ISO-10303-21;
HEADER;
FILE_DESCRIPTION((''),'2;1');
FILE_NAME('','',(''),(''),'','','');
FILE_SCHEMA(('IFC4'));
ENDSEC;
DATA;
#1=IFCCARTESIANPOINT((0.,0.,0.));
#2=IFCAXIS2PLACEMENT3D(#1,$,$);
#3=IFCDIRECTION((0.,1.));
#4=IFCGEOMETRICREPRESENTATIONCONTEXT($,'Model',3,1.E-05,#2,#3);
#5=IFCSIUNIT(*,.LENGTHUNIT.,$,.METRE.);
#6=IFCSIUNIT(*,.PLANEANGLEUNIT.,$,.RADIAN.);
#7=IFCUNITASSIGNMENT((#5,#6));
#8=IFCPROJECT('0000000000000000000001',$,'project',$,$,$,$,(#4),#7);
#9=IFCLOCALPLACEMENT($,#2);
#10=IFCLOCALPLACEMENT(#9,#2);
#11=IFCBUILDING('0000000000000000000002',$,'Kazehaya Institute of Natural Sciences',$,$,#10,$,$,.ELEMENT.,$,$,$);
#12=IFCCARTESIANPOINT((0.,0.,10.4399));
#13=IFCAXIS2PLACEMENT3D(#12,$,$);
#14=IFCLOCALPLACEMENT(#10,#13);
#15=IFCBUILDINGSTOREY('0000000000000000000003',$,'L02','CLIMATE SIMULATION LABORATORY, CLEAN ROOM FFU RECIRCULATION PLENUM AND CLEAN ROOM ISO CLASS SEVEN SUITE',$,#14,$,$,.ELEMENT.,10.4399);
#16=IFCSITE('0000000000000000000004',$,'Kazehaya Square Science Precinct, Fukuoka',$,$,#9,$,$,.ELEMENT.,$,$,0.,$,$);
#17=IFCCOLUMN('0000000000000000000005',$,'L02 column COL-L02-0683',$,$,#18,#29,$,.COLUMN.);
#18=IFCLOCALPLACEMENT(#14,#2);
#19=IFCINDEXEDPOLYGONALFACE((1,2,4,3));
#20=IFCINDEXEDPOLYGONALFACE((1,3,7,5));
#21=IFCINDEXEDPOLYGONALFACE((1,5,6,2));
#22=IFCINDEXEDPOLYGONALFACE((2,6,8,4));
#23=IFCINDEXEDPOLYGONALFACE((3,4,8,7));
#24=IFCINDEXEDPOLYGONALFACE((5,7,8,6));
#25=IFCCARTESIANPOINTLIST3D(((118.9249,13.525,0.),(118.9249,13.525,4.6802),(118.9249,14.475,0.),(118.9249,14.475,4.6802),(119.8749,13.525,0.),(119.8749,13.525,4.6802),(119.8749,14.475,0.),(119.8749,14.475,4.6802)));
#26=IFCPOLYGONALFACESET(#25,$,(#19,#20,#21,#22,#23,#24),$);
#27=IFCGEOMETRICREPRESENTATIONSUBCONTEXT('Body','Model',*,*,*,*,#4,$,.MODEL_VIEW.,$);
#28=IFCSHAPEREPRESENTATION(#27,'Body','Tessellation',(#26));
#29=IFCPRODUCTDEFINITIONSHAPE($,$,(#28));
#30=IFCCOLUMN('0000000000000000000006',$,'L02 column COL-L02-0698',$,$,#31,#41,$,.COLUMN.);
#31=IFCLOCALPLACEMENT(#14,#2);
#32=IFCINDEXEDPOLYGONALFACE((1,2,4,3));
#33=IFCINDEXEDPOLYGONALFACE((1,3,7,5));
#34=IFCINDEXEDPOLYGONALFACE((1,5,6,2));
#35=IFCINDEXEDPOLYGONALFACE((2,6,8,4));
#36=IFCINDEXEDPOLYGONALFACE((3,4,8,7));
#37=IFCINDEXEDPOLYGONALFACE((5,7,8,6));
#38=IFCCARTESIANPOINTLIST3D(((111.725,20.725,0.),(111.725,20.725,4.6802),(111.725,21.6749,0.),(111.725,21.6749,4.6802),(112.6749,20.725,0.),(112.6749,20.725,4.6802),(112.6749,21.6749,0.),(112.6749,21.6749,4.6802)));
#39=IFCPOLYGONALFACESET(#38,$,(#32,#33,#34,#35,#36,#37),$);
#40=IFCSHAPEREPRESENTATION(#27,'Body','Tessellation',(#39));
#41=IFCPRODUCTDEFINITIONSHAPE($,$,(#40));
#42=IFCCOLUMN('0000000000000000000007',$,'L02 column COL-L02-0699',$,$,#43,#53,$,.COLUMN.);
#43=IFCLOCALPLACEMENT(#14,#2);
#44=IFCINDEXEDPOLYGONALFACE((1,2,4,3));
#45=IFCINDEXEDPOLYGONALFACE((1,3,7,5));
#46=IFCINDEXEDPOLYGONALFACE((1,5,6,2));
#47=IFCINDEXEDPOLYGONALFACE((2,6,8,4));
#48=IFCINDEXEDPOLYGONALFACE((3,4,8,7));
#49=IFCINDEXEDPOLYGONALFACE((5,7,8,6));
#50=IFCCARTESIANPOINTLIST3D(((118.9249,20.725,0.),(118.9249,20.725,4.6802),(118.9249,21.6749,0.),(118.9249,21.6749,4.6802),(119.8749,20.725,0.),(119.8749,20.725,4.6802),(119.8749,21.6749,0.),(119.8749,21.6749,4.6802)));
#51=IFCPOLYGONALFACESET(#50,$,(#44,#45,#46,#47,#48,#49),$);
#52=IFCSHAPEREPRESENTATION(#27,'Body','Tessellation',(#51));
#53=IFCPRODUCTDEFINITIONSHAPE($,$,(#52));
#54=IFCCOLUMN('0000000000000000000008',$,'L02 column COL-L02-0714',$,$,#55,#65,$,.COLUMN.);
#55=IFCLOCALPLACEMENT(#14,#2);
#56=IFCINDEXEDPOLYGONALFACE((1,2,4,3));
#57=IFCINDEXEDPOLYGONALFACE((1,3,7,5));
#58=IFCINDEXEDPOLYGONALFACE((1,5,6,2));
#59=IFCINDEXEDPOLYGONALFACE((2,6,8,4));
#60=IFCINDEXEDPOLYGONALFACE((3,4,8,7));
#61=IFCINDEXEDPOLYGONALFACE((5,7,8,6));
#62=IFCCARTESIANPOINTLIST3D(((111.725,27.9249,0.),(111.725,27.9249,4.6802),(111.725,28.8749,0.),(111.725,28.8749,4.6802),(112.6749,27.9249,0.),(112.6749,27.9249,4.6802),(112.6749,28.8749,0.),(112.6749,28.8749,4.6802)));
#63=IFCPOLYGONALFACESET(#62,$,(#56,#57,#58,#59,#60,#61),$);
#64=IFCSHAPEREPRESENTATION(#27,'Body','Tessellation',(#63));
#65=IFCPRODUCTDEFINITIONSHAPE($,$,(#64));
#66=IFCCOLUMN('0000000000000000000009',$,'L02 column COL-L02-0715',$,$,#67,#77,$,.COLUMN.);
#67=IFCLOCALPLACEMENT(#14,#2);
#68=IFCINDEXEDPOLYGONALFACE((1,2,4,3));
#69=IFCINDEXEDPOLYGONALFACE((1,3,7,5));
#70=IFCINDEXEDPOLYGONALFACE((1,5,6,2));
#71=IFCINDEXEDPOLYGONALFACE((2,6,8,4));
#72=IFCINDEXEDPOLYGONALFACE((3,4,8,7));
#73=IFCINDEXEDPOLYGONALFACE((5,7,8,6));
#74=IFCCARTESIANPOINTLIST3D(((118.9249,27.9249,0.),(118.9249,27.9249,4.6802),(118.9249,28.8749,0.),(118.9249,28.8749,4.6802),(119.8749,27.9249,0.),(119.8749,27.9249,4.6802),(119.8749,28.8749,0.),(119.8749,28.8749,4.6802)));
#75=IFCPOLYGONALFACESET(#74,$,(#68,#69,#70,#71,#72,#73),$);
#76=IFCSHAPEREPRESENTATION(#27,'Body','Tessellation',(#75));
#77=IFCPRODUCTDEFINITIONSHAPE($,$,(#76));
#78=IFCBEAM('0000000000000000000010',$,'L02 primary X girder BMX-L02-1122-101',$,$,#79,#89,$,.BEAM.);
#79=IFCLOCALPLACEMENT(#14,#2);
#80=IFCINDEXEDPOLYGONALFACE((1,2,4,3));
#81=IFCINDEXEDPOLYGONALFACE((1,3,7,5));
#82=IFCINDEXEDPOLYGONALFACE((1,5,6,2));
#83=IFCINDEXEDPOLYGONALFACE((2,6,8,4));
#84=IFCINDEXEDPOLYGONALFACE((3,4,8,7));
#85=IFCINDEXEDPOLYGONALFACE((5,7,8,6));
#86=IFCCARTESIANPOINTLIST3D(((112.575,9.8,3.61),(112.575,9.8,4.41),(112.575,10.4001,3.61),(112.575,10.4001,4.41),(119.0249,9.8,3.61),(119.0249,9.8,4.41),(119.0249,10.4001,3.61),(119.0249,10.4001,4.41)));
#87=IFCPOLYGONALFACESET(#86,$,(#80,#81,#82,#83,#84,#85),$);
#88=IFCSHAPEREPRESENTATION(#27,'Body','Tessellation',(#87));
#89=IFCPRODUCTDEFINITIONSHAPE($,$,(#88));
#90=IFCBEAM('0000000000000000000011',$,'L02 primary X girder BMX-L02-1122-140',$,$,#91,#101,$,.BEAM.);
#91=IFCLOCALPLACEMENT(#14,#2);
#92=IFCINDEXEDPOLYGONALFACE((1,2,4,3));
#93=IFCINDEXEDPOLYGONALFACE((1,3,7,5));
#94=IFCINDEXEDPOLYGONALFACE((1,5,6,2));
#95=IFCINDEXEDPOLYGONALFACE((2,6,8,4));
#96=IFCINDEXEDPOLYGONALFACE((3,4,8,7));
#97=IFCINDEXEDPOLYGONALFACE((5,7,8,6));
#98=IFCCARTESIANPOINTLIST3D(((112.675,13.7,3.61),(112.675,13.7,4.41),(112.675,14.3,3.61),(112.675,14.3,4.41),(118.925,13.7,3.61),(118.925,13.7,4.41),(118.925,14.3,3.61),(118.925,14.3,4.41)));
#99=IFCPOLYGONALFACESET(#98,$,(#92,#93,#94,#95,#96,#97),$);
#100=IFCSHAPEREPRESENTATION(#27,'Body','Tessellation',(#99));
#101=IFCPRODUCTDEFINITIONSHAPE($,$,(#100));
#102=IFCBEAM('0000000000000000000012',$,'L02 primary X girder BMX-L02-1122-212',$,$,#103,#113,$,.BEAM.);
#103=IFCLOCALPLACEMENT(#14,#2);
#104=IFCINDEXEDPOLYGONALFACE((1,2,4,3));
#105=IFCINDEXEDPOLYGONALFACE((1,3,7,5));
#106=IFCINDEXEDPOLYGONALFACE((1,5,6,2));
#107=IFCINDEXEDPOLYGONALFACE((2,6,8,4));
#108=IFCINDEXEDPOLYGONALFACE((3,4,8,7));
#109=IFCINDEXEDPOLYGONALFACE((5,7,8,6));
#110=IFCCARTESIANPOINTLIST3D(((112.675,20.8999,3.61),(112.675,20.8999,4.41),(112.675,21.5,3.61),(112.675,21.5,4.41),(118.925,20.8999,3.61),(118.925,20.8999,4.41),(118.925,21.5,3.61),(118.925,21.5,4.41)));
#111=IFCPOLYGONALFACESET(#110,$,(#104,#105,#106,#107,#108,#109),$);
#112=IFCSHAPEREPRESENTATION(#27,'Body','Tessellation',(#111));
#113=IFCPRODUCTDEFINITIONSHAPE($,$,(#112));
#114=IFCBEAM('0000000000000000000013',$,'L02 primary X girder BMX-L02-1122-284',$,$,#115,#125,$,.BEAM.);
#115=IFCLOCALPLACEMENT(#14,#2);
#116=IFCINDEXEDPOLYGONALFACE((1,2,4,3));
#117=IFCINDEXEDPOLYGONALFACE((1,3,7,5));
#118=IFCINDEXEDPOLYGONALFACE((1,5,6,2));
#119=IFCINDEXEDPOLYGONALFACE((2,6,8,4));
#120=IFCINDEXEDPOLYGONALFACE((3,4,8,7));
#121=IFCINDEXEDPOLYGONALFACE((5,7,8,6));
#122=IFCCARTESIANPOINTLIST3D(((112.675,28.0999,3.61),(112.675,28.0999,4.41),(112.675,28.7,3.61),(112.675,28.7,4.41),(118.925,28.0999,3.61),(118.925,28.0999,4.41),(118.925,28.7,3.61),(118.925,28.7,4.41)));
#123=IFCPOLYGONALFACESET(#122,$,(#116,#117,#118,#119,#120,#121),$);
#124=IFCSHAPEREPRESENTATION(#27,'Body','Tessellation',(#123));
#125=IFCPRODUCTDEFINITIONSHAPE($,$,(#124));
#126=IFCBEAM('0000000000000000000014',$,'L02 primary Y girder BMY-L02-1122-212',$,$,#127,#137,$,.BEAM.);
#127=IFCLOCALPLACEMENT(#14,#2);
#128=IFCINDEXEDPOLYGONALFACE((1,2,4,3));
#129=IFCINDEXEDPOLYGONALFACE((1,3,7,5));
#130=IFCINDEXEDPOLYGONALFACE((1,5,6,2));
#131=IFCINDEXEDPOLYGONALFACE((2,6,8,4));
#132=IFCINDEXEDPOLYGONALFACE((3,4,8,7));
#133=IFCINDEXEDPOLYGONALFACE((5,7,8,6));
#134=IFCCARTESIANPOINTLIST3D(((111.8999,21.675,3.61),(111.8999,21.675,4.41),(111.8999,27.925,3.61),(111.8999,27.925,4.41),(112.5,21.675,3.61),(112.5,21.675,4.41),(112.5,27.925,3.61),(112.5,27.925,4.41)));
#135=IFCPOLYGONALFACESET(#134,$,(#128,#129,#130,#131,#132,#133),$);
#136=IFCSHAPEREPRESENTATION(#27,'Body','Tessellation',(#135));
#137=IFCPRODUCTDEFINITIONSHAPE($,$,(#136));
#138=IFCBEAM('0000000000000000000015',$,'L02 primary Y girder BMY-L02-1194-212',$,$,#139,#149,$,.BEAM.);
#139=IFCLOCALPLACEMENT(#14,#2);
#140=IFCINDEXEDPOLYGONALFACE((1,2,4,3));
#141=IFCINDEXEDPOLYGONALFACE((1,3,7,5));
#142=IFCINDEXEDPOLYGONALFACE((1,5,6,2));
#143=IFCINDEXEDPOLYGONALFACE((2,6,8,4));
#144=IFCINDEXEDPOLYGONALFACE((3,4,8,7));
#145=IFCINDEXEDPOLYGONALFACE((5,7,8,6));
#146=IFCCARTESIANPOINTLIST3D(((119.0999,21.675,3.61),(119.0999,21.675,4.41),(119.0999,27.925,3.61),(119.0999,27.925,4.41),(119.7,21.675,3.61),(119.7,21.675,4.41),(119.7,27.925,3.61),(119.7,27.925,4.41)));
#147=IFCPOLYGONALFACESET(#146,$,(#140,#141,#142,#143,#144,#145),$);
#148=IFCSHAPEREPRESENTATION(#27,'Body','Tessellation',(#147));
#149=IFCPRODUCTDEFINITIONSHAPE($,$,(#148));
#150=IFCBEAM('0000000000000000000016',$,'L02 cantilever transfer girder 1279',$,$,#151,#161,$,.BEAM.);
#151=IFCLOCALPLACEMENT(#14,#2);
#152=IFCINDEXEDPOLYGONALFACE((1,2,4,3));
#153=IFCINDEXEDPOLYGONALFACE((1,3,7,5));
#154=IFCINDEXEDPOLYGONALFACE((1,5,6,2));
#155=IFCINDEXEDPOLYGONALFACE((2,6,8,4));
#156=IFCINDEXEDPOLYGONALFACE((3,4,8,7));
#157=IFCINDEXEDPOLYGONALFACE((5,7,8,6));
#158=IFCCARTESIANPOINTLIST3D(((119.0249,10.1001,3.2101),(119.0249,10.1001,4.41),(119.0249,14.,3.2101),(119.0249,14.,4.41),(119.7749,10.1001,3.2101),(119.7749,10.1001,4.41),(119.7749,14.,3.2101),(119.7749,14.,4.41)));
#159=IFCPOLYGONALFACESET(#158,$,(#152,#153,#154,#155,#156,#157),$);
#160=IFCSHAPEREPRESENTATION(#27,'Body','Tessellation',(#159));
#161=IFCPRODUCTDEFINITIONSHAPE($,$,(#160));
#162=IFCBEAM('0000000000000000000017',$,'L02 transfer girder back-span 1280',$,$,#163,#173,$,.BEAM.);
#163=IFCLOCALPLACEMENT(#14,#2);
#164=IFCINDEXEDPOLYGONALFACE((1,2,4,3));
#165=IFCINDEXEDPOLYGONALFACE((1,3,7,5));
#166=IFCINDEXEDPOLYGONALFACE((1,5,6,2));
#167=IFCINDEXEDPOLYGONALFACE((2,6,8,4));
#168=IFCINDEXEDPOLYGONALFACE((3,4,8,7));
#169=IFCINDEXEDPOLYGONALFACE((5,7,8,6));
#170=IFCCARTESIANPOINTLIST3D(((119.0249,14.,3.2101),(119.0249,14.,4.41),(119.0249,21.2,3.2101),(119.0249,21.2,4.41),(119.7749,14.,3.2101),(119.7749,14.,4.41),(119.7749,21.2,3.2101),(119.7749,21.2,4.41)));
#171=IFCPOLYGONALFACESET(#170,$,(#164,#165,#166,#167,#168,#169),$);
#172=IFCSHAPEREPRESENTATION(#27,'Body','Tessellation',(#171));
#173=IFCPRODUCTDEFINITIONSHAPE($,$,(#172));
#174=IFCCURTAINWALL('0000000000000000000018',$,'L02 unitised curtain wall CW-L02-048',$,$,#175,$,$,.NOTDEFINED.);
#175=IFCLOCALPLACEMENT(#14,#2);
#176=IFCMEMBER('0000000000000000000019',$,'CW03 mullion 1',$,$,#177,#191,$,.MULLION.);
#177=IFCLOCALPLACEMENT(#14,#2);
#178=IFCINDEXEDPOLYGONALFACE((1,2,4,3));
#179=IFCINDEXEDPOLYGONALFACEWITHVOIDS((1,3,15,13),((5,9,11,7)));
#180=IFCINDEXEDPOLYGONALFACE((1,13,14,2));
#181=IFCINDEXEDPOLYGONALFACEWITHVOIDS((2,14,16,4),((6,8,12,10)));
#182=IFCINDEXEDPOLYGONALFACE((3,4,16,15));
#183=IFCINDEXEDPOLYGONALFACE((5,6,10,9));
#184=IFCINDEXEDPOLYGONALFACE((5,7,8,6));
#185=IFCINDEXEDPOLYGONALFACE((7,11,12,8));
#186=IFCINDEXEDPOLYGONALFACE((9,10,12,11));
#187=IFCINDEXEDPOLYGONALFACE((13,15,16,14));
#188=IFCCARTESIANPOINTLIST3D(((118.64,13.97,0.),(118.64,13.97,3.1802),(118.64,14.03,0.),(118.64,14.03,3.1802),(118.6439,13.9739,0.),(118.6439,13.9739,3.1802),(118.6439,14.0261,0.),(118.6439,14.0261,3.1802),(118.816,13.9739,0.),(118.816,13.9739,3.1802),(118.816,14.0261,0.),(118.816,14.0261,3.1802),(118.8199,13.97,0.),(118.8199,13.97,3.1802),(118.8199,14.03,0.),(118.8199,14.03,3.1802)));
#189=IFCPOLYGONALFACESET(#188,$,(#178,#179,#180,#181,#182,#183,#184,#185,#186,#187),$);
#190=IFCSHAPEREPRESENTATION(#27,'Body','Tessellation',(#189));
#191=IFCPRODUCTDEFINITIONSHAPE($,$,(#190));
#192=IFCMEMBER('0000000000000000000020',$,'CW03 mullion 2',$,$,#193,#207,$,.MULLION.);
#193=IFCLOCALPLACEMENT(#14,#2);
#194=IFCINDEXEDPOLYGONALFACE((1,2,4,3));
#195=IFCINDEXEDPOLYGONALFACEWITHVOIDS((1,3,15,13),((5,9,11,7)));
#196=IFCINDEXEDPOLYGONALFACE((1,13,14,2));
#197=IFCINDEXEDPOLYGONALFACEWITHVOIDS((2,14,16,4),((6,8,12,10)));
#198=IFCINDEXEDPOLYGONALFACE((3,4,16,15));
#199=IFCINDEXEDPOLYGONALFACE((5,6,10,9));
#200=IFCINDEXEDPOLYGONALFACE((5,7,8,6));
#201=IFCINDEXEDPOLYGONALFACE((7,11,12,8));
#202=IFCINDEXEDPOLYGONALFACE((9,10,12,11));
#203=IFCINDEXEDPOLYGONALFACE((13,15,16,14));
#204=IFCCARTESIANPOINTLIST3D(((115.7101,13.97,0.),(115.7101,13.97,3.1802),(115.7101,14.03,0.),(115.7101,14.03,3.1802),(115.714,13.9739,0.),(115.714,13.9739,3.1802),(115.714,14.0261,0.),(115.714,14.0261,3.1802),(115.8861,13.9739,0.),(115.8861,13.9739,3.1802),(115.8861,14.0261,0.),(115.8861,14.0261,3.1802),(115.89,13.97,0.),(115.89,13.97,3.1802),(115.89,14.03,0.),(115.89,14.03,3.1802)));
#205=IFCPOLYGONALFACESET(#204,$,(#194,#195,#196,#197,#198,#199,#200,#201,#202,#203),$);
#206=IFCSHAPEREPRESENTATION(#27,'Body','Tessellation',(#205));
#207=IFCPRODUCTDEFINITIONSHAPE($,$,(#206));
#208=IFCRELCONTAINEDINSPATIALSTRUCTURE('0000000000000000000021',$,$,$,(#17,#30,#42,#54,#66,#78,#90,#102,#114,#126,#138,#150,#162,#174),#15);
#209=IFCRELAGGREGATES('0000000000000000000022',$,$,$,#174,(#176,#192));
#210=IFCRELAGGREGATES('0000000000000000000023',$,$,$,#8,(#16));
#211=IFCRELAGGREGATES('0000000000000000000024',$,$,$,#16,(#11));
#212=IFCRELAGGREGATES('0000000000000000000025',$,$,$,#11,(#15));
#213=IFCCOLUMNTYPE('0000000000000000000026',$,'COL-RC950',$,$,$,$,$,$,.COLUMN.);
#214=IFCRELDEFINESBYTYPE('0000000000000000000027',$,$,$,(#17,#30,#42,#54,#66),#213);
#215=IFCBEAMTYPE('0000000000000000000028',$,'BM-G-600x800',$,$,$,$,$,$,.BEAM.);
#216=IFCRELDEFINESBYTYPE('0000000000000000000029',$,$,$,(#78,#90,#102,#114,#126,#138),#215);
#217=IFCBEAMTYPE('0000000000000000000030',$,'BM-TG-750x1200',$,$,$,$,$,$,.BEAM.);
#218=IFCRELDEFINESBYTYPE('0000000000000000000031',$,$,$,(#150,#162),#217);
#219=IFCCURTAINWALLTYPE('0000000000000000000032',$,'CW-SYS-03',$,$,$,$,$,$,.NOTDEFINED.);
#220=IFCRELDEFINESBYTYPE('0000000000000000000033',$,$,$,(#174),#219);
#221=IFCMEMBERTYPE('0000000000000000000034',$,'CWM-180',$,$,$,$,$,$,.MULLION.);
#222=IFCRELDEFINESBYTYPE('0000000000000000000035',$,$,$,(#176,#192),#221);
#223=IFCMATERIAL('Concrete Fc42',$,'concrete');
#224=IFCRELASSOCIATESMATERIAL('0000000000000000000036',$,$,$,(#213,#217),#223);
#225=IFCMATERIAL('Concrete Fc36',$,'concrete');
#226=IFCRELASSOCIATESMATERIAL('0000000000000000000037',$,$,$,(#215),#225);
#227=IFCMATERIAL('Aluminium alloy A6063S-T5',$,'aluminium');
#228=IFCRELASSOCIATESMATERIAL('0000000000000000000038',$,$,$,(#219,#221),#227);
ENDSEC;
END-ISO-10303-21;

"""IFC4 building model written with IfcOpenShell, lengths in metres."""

from ifc_helpers import new_model, si_unit, direction, frame, origin, origin_2d, place, context, subcontext, project, spatial, rectangle, hollow_rectangle, extrude, material, material_profile, profile_set, type_object, element, aggregate, save


model = new_model("IFC4")

# Units and contexts
model_context = context("Model", 3, precision=1e-05, world=origin(), true_north=direction((0.0, 1.0)))
body_context = subcontext(model_context, "Body", "Model", "MODEL_VIEW")
ifc_project = project(units=[si_unit("LENGTHUNIT", "METRE"), si_unit("PLANEANGLEUNIT", "RADIAN")], contexts=[model_context])

# Site, building, storey
site_placement = place(None, origin())
site = spatial("IfcSite", under=ifc_project, at=site_placement, Name="Kazehaya Square Science Precinct, Fukuoka", CompositionType="ELEMENT", RefElevation=0.0)
building_placement = place(site_placement, origin())
building = spatial("IfcBuilding", under=site, at=building_placement, Name="Kazehaya Institute of Natural Sciences", CompositionType="ELEMENT")
storey_placement = place(building_placement, frame((0.0, 0.0, 10.4399)))
storey = spatial("IfcBuildingStorey", under=building, at=storey_placement, Name="L02", Description="CLIMATE SIMULATION LABORATORY, CLEAN ROOM FFU RECIRCULATION PLENUM AND CLEAN ROOM ISO CLASS SEVEN SUITE", CompositionType="ELEMENT", Elevation=10.4399)

# Columns
ifc_material_1 = material(Name="Concrete Fc42", Category="concrete")
ifc_material_profile_1 = material_profile(ifc_material_1, rectangle(XDim=0.95, YDim=0.95, at=origin_2d()), Name="RC-950x950")
ifc_profile_set_1 = profile_set([ifc_material_profile_1], Name="Concrete Fc42")
column_type = type_object("IfcColumnType", Name="COL-RC950", PredefinedType="COLUMN", material=ifc_profile_set_1)
for number, where, z_axis, x_axis, name in (
    (1, (119.3999, 14.0, 0.0), (0.0, 0.0, 1.0), (1.0, 0.0, 0.0), "L02 column COL-L02-0683"),
    (2, (112.2, 21.2, 0.0), (0.0, 0.0, 1.0), (1.0, 0.0, 0.0), "L02 column COL-L02-0698"),
    (3, (119.3999, 21.2, 0.0), (0.0, 0.0, 1.0), (1.0, 0.0, 0.0), "L02 column COL-L02-0699"),
    (4, (112.2, 28.3999, 0.0), (0.0, 0.0, 1.0), (1.0, 0.0, 0.0), "L02 column COL-L02-0714"),
    (5, (119.3999, 28.3999, 0.0), (0.0, 0.0, 1.0), (1.0, 0.0, 0.0), "L02 column COL-L02-0715"),
):
    element("IfcColumn", number, at=place(storey_placement, frame(where, z_axis=z_axis, x_axis=x_axis)), inside=storey, type_object=column_type, Name=name, PredefinedType="COLUMN", context=body_context, shape_type="SweptSolid", body=[
        extrude(rectangle(XDim=0.95, YDim=0.95, at=origin_2d()), origin(), (0.0, 0.0, 1.0), 4.6802),
    ])

# Beams
ifc_material_2 = material(Name="Concrete Fc36", Category="concrete")
ifc_material_profile_2 = material_profile(ifc_material_2, rectangle(XDim=0.6001, YDim=0.8, at=origin_2d()), Name="RC-600x800")
ifc_profile_set_2 = profile_set([ifc_material_profile_2], Name="Concrete Fc36")
beam_type_1 = type_object("IfcBeamType", Name="BM-G-600x800", PredefinedType="BEAM", material=ifc_profile_set_2)
beam_1_placement = place(storey_placement, frame((112.575, 10.1001, 4.01), z_axis=(1.0, 0.0, 0.0), x_axis=(0.0, 1.0, 0.0)))
element("IfcBeam", 6, at=beam_1_placement, inside=storey, type_object=beam_type_1, Name="L02 primary X girder BMX-L02-1122-101", PredefinedType="BEAM", context=body_context, shape_type="SweptSolid", body=[
    extrude(rectangle(XDim=0.6001, YDim=0.8, at=origin_2d()), origin(), (0.0, 0.0, 1.0), 6.45),
])
for number, where, z_axis, x_axis, name in (
    (7, (112.675, 14.0, 4.01), (1.0, 0.0, 0.0), (0.0, 1.0, 0.0), "L02 primary X girder BMX-L02-1122-140"),
    (8, (112.675, 21.2, 4.01), (1.0, 0.0, 0.0), (0.0, 1.0, 0.0), "L02 primary X girder BMX-L02-1122-212"),
    (9, (112.675, 28.3999, 4.01), (1.0, 0.0, 0.0), (0.0, 1.0, 0.0), "L02 primary X girder BMX-L02-1122-284"),
    (10, (112.2, 21.675, 4.01), (0.0, 1.0, 0.0), (-1.0, 0.0, 0.0), "L02 primary Y girder BMY-L02-1122-212"),
    (11, (119.3999, 21.675, 4.01), (0.0, 1.0, 0.0), (-1.0, 0.0, 0.0), "L02 primary Y girder BMY-L02-1194-212"),
):
    element("IfcBeam", number, at=place(storey_placement, frame(where, z_axis=z_axis, x_axis=x_axis)), inside=storey, type_object=beam_type_1, Name=name, PredefinedType="BEAM", context=body_context, shape_type="SweptSolid", body=[
        extrude(rectangle(XDim=0.6001, YDim=0.8, at=origin_2d()), origin(), (0.0, 0.0, 1.0), 6.25),
    ])
ifc_material_profile_3 = material_profile(ifc_material_1, rectangle(XDim=0.75, YDim=1.2, at=origin_2d()), Name="RC-750x1200")
ifc_profile_set_3 = profile_set([ifc_material_profile_3], Name="Concrete Fc42")
beam_type_2 = type_object("IfcBeamType", Name="BM-TG-750x1200", PredefinedType="BEAM", material=ifc_profile_set_3)
beam_2_placement = place(storey_placement, frame((119.3999, 10.1001, 3.8101), z_axis=(0.0, 1.0, 0.0), x_axis=(-1.0, 0.0, 0.0)))
element("IfcBeam", 12, at=beam_2_placement, inside=storey, type_object=beam_type_2, Name="L02 cantilever transfer girder 1279", PredefinedType="BEAM", context=body_context, shape_type="SweptSolid", body=[
    extrude(rectangle(XDim=0.75, YDim=1.2, at=origin_2d()), origin(), (0.0, 0.0, 1.0), 3.8999),
])
beam_3_placement = place(storey_placement, frame((119.3999, 14.0, 3.8101), z_axis=(0.0, 1.0, 0.0), x_axis=(-1.0, 0.0, 0.0)))
element("IfcBeam", 13, at=beam_3_placement, inside=storey, type_object=beam_type_2, Name="L02 transfer girder back-span 1280", PredefinedType="BEAM", context=body_context, shape_type="SweptSolid", body=[
    extrude(rectangle(XDim=0.75, YDim=1.2, at=origin_2d()), origin(), (0.0, 0.0, 1.0), 7.2),
])

# Curtain wall, members
ifc_material_3 = material(Name="Aluminium alloy A6063S-T5", Category="aluminium")
curtain_wall_type = type_object("IfcCurtainWallType", Name="CW-SYS-03", PredefinedType="NOTDEFINED", material=ifc_material_3)
curtain_wall_placement = place(storey_placement, origin())
curtain_wall = element("IfcCurtainWall", 14, at=curtain_wall_placement, inside=storey, type_object=curtain_wall_type, Name="L02 unitised curtain wall CW-L02-048", PredefinedType="NOTDEFINED")
ifc_material_profile_4 = material_profile(ifc_material_3, hollow_rectangle(XDim=0.0601, YDim=0.1799, WallThickness=0.0039, at=origin_2d()), Name="ALU-60x180x4")
ifc_profile_set_4 = profile_set([ifc_material_profile_4], Name="Aluminium alloy A6063S-T5")
member_type_1 = type_object("IfcMemberType", Name="CWM-180", PredefinedType="MULLION", material=ifc_profile_set_4)
member_1_placement = place(storey_placement, frame((118.73, 14.0, 0.0), z_axis=(0.0, 0.0, 1.0), x_axis=(0.0, -1.0, 0.0)))
member_1 = element("IfcMember", 15, at=member_1_placement, type_object=member_type_1, Name="CW03 mullion 1", PredefinedType="MULLION", context=body_context, shape_type="SweptSolid", body=[
    extrude(hollow_rectangle(XDim=0.0601, YDim=0.1799, WallThickness=0.0039, at=origin_2d()), origin(), (0.0, 0.0, 1.0), 3.1802),
])
member_2_placement = place(storey_placement, frame((115.8, 14.0, 0.0), z_axis=(0.0, 0.0, 1.0), x_axis=(0.0, -1.0, 0.0)))
member_2 = element("IfcMember", 16, at=member_2_placement, type_object=member_type_1, Name="CW03 mullion 2", PredefinedType="MULLION", context=body_context, shape_type="SweptSolid", body=[
    extrude(hollow_rectangle(XDim=0.0601, YDim=0.1799, WallThickness=0.0039, at=origin_2d()), origin(), (0.0, 0.0, 1.0), 3.1802),
])

aggregate(curtain_wall, [member_1, member_2])

save(model, "model.ifc")
